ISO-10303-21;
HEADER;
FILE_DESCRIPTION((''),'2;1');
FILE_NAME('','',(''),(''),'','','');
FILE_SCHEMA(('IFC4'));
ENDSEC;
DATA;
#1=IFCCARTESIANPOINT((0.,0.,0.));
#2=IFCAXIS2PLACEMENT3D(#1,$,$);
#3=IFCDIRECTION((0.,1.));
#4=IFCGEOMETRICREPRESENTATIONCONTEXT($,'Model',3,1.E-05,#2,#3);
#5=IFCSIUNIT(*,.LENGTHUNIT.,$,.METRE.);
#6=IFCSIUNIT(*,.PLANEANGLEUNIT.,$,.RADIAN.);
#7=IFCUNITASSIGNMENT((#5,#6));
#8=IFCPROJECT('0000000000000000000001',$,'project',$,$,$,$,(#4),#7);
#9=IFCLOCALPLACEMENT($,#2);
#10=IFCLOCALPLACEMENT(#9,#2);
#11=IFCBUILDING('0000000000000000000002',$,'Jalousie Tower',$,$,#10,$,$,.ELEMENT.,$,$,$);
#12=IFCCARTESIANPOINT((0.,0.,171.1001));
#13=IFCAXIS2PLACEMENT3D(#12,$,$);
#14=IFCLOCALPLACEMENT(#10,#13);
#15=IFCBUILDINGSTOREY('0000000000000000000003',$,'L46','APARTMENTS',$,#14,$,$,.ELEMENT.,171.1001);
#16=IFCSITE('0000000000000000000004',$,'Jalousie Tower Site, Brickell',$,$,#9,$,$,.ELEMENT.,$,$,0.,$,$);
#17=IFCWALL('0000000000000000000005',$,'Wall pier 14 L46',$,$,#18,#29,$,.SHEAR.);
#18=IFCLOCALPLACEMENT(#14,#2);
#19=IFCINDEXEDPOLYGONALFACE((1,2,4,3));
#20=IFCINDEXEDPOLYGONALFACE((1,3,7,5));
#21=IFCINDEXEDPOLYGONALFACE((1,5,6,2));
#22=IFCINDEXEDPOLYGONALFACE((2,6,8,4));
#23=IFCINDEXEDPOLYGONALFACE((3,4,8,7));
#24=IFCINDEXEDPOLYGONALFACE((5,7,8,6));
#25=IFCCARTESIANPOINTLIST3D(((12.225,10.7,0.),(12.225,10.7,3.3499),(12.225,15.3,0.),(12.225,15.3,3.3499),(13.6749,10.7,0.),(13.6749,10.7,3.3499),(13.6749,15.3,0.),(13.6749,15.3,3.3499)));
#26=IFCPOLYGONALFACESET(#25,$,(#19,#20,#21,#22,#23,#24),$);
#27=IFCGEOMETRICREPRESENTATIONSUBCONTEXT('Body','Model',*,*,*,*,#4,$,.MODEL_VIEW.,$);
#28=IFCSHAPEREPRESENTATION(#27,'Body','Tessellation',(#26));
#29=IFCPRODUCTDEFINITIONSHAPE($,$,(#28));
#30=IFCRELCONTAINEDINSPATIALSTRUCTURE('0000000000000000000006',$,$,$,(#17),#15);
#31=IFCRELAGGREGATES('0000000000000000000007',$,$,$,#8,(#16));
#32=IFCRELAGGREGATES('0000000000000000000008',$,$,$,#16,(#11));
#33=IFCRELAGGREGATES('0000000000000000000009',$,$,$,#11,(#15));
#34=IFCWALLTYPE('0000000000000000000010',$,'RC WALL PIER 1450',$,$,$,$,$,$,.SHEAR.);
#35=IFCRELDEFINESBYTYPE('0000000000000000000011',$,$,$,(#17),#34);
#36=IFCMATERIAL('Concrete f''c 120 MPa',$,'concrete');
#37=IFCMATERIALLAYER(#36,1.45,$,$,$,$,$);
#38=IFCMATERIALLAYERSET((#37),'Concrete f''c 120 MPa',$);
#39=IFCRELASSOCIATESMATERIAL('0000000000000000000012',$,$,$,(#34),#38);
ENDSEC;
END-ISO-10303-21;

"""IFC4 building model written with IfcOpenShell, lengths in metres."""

from ifc_helpers import new_model, si_unit, direction, frame, frame_2d, origin, place, context, subcontext, project, spatial, rectangle, extrude, material, layer, layer_set, type_object, element, save


model = new_model("IFC4")

# Units and contexts
model_context = context("Model", 3, precision=1e-05, world=origin(), true_north=direction((0.0, 1.0)))
body_context = subcontext(model_context, "Body", "Model", "MODEL_VIEW")
ifc_project = project(units=[si_unit("LENGTHUNIT", "METRE"), si_unit("PLANEANGLEUNIT", "RADIAN")], contexts=[model_context])

# Site, building, storey
site_placement = place(None, origin())
site = spatial("IfcSite", under=ifc_project, at=site_placement, Name="Jalousie Tower Site, Brickell", CompositionType="ELEMENT", RefElevation=0.0)
building_placement = place(site_placement, origin())
building = spatial("IfcBuilding", under=site, at=building_placement, Name="Jalousie Tower", CompositionType="ELEMENT")
storey_placement = place(building_placement, frame((0.0, 0.0, 171.1001)))
storey = spatial("IfcBuildingStorey", under=building, at=storey_placement, Name="L46", Description="APARTMENTS", CompositionType="ELEMENT", Elevation=171.1001)

# Wall
ifc_material_1 = material(Name="Concrete f'c 120 MPa", Category="concrete")
ifc_layer = layer(ifc_material_1, 1.45)
ifc_layer_set = layer_set([ifc_layer], Name="Concrete f'c 120 MPa")
wall_type_1 = type_object("IfcWallType", Name="RC WALL PIER 1450", PredefinedType="SHEAR", material=ifc_layer_set)
wall_1_placement = place(storey_placement, frame((12.95, 10.7, 0.0), z_axis=(0.0, 0.0, 1.0), x_axis=(0.0, 1.0, 0.0)))
element("IfcWall", 1, at=wall_1_placement, inside=storey, type_object=wall_type_1, Name="Wall pier 14 L46", PredefinedType="SHEAR", context=body_context, shape_type="SweptSolid", body=[
    extrude(rectangle(XDim=4.6001, YDim=1.45, at=frame_2d((2.3, 0.0))), origin(), (0.0, 0.0, 1.0), 3.3499),
])

save(model, "model.ifc")
